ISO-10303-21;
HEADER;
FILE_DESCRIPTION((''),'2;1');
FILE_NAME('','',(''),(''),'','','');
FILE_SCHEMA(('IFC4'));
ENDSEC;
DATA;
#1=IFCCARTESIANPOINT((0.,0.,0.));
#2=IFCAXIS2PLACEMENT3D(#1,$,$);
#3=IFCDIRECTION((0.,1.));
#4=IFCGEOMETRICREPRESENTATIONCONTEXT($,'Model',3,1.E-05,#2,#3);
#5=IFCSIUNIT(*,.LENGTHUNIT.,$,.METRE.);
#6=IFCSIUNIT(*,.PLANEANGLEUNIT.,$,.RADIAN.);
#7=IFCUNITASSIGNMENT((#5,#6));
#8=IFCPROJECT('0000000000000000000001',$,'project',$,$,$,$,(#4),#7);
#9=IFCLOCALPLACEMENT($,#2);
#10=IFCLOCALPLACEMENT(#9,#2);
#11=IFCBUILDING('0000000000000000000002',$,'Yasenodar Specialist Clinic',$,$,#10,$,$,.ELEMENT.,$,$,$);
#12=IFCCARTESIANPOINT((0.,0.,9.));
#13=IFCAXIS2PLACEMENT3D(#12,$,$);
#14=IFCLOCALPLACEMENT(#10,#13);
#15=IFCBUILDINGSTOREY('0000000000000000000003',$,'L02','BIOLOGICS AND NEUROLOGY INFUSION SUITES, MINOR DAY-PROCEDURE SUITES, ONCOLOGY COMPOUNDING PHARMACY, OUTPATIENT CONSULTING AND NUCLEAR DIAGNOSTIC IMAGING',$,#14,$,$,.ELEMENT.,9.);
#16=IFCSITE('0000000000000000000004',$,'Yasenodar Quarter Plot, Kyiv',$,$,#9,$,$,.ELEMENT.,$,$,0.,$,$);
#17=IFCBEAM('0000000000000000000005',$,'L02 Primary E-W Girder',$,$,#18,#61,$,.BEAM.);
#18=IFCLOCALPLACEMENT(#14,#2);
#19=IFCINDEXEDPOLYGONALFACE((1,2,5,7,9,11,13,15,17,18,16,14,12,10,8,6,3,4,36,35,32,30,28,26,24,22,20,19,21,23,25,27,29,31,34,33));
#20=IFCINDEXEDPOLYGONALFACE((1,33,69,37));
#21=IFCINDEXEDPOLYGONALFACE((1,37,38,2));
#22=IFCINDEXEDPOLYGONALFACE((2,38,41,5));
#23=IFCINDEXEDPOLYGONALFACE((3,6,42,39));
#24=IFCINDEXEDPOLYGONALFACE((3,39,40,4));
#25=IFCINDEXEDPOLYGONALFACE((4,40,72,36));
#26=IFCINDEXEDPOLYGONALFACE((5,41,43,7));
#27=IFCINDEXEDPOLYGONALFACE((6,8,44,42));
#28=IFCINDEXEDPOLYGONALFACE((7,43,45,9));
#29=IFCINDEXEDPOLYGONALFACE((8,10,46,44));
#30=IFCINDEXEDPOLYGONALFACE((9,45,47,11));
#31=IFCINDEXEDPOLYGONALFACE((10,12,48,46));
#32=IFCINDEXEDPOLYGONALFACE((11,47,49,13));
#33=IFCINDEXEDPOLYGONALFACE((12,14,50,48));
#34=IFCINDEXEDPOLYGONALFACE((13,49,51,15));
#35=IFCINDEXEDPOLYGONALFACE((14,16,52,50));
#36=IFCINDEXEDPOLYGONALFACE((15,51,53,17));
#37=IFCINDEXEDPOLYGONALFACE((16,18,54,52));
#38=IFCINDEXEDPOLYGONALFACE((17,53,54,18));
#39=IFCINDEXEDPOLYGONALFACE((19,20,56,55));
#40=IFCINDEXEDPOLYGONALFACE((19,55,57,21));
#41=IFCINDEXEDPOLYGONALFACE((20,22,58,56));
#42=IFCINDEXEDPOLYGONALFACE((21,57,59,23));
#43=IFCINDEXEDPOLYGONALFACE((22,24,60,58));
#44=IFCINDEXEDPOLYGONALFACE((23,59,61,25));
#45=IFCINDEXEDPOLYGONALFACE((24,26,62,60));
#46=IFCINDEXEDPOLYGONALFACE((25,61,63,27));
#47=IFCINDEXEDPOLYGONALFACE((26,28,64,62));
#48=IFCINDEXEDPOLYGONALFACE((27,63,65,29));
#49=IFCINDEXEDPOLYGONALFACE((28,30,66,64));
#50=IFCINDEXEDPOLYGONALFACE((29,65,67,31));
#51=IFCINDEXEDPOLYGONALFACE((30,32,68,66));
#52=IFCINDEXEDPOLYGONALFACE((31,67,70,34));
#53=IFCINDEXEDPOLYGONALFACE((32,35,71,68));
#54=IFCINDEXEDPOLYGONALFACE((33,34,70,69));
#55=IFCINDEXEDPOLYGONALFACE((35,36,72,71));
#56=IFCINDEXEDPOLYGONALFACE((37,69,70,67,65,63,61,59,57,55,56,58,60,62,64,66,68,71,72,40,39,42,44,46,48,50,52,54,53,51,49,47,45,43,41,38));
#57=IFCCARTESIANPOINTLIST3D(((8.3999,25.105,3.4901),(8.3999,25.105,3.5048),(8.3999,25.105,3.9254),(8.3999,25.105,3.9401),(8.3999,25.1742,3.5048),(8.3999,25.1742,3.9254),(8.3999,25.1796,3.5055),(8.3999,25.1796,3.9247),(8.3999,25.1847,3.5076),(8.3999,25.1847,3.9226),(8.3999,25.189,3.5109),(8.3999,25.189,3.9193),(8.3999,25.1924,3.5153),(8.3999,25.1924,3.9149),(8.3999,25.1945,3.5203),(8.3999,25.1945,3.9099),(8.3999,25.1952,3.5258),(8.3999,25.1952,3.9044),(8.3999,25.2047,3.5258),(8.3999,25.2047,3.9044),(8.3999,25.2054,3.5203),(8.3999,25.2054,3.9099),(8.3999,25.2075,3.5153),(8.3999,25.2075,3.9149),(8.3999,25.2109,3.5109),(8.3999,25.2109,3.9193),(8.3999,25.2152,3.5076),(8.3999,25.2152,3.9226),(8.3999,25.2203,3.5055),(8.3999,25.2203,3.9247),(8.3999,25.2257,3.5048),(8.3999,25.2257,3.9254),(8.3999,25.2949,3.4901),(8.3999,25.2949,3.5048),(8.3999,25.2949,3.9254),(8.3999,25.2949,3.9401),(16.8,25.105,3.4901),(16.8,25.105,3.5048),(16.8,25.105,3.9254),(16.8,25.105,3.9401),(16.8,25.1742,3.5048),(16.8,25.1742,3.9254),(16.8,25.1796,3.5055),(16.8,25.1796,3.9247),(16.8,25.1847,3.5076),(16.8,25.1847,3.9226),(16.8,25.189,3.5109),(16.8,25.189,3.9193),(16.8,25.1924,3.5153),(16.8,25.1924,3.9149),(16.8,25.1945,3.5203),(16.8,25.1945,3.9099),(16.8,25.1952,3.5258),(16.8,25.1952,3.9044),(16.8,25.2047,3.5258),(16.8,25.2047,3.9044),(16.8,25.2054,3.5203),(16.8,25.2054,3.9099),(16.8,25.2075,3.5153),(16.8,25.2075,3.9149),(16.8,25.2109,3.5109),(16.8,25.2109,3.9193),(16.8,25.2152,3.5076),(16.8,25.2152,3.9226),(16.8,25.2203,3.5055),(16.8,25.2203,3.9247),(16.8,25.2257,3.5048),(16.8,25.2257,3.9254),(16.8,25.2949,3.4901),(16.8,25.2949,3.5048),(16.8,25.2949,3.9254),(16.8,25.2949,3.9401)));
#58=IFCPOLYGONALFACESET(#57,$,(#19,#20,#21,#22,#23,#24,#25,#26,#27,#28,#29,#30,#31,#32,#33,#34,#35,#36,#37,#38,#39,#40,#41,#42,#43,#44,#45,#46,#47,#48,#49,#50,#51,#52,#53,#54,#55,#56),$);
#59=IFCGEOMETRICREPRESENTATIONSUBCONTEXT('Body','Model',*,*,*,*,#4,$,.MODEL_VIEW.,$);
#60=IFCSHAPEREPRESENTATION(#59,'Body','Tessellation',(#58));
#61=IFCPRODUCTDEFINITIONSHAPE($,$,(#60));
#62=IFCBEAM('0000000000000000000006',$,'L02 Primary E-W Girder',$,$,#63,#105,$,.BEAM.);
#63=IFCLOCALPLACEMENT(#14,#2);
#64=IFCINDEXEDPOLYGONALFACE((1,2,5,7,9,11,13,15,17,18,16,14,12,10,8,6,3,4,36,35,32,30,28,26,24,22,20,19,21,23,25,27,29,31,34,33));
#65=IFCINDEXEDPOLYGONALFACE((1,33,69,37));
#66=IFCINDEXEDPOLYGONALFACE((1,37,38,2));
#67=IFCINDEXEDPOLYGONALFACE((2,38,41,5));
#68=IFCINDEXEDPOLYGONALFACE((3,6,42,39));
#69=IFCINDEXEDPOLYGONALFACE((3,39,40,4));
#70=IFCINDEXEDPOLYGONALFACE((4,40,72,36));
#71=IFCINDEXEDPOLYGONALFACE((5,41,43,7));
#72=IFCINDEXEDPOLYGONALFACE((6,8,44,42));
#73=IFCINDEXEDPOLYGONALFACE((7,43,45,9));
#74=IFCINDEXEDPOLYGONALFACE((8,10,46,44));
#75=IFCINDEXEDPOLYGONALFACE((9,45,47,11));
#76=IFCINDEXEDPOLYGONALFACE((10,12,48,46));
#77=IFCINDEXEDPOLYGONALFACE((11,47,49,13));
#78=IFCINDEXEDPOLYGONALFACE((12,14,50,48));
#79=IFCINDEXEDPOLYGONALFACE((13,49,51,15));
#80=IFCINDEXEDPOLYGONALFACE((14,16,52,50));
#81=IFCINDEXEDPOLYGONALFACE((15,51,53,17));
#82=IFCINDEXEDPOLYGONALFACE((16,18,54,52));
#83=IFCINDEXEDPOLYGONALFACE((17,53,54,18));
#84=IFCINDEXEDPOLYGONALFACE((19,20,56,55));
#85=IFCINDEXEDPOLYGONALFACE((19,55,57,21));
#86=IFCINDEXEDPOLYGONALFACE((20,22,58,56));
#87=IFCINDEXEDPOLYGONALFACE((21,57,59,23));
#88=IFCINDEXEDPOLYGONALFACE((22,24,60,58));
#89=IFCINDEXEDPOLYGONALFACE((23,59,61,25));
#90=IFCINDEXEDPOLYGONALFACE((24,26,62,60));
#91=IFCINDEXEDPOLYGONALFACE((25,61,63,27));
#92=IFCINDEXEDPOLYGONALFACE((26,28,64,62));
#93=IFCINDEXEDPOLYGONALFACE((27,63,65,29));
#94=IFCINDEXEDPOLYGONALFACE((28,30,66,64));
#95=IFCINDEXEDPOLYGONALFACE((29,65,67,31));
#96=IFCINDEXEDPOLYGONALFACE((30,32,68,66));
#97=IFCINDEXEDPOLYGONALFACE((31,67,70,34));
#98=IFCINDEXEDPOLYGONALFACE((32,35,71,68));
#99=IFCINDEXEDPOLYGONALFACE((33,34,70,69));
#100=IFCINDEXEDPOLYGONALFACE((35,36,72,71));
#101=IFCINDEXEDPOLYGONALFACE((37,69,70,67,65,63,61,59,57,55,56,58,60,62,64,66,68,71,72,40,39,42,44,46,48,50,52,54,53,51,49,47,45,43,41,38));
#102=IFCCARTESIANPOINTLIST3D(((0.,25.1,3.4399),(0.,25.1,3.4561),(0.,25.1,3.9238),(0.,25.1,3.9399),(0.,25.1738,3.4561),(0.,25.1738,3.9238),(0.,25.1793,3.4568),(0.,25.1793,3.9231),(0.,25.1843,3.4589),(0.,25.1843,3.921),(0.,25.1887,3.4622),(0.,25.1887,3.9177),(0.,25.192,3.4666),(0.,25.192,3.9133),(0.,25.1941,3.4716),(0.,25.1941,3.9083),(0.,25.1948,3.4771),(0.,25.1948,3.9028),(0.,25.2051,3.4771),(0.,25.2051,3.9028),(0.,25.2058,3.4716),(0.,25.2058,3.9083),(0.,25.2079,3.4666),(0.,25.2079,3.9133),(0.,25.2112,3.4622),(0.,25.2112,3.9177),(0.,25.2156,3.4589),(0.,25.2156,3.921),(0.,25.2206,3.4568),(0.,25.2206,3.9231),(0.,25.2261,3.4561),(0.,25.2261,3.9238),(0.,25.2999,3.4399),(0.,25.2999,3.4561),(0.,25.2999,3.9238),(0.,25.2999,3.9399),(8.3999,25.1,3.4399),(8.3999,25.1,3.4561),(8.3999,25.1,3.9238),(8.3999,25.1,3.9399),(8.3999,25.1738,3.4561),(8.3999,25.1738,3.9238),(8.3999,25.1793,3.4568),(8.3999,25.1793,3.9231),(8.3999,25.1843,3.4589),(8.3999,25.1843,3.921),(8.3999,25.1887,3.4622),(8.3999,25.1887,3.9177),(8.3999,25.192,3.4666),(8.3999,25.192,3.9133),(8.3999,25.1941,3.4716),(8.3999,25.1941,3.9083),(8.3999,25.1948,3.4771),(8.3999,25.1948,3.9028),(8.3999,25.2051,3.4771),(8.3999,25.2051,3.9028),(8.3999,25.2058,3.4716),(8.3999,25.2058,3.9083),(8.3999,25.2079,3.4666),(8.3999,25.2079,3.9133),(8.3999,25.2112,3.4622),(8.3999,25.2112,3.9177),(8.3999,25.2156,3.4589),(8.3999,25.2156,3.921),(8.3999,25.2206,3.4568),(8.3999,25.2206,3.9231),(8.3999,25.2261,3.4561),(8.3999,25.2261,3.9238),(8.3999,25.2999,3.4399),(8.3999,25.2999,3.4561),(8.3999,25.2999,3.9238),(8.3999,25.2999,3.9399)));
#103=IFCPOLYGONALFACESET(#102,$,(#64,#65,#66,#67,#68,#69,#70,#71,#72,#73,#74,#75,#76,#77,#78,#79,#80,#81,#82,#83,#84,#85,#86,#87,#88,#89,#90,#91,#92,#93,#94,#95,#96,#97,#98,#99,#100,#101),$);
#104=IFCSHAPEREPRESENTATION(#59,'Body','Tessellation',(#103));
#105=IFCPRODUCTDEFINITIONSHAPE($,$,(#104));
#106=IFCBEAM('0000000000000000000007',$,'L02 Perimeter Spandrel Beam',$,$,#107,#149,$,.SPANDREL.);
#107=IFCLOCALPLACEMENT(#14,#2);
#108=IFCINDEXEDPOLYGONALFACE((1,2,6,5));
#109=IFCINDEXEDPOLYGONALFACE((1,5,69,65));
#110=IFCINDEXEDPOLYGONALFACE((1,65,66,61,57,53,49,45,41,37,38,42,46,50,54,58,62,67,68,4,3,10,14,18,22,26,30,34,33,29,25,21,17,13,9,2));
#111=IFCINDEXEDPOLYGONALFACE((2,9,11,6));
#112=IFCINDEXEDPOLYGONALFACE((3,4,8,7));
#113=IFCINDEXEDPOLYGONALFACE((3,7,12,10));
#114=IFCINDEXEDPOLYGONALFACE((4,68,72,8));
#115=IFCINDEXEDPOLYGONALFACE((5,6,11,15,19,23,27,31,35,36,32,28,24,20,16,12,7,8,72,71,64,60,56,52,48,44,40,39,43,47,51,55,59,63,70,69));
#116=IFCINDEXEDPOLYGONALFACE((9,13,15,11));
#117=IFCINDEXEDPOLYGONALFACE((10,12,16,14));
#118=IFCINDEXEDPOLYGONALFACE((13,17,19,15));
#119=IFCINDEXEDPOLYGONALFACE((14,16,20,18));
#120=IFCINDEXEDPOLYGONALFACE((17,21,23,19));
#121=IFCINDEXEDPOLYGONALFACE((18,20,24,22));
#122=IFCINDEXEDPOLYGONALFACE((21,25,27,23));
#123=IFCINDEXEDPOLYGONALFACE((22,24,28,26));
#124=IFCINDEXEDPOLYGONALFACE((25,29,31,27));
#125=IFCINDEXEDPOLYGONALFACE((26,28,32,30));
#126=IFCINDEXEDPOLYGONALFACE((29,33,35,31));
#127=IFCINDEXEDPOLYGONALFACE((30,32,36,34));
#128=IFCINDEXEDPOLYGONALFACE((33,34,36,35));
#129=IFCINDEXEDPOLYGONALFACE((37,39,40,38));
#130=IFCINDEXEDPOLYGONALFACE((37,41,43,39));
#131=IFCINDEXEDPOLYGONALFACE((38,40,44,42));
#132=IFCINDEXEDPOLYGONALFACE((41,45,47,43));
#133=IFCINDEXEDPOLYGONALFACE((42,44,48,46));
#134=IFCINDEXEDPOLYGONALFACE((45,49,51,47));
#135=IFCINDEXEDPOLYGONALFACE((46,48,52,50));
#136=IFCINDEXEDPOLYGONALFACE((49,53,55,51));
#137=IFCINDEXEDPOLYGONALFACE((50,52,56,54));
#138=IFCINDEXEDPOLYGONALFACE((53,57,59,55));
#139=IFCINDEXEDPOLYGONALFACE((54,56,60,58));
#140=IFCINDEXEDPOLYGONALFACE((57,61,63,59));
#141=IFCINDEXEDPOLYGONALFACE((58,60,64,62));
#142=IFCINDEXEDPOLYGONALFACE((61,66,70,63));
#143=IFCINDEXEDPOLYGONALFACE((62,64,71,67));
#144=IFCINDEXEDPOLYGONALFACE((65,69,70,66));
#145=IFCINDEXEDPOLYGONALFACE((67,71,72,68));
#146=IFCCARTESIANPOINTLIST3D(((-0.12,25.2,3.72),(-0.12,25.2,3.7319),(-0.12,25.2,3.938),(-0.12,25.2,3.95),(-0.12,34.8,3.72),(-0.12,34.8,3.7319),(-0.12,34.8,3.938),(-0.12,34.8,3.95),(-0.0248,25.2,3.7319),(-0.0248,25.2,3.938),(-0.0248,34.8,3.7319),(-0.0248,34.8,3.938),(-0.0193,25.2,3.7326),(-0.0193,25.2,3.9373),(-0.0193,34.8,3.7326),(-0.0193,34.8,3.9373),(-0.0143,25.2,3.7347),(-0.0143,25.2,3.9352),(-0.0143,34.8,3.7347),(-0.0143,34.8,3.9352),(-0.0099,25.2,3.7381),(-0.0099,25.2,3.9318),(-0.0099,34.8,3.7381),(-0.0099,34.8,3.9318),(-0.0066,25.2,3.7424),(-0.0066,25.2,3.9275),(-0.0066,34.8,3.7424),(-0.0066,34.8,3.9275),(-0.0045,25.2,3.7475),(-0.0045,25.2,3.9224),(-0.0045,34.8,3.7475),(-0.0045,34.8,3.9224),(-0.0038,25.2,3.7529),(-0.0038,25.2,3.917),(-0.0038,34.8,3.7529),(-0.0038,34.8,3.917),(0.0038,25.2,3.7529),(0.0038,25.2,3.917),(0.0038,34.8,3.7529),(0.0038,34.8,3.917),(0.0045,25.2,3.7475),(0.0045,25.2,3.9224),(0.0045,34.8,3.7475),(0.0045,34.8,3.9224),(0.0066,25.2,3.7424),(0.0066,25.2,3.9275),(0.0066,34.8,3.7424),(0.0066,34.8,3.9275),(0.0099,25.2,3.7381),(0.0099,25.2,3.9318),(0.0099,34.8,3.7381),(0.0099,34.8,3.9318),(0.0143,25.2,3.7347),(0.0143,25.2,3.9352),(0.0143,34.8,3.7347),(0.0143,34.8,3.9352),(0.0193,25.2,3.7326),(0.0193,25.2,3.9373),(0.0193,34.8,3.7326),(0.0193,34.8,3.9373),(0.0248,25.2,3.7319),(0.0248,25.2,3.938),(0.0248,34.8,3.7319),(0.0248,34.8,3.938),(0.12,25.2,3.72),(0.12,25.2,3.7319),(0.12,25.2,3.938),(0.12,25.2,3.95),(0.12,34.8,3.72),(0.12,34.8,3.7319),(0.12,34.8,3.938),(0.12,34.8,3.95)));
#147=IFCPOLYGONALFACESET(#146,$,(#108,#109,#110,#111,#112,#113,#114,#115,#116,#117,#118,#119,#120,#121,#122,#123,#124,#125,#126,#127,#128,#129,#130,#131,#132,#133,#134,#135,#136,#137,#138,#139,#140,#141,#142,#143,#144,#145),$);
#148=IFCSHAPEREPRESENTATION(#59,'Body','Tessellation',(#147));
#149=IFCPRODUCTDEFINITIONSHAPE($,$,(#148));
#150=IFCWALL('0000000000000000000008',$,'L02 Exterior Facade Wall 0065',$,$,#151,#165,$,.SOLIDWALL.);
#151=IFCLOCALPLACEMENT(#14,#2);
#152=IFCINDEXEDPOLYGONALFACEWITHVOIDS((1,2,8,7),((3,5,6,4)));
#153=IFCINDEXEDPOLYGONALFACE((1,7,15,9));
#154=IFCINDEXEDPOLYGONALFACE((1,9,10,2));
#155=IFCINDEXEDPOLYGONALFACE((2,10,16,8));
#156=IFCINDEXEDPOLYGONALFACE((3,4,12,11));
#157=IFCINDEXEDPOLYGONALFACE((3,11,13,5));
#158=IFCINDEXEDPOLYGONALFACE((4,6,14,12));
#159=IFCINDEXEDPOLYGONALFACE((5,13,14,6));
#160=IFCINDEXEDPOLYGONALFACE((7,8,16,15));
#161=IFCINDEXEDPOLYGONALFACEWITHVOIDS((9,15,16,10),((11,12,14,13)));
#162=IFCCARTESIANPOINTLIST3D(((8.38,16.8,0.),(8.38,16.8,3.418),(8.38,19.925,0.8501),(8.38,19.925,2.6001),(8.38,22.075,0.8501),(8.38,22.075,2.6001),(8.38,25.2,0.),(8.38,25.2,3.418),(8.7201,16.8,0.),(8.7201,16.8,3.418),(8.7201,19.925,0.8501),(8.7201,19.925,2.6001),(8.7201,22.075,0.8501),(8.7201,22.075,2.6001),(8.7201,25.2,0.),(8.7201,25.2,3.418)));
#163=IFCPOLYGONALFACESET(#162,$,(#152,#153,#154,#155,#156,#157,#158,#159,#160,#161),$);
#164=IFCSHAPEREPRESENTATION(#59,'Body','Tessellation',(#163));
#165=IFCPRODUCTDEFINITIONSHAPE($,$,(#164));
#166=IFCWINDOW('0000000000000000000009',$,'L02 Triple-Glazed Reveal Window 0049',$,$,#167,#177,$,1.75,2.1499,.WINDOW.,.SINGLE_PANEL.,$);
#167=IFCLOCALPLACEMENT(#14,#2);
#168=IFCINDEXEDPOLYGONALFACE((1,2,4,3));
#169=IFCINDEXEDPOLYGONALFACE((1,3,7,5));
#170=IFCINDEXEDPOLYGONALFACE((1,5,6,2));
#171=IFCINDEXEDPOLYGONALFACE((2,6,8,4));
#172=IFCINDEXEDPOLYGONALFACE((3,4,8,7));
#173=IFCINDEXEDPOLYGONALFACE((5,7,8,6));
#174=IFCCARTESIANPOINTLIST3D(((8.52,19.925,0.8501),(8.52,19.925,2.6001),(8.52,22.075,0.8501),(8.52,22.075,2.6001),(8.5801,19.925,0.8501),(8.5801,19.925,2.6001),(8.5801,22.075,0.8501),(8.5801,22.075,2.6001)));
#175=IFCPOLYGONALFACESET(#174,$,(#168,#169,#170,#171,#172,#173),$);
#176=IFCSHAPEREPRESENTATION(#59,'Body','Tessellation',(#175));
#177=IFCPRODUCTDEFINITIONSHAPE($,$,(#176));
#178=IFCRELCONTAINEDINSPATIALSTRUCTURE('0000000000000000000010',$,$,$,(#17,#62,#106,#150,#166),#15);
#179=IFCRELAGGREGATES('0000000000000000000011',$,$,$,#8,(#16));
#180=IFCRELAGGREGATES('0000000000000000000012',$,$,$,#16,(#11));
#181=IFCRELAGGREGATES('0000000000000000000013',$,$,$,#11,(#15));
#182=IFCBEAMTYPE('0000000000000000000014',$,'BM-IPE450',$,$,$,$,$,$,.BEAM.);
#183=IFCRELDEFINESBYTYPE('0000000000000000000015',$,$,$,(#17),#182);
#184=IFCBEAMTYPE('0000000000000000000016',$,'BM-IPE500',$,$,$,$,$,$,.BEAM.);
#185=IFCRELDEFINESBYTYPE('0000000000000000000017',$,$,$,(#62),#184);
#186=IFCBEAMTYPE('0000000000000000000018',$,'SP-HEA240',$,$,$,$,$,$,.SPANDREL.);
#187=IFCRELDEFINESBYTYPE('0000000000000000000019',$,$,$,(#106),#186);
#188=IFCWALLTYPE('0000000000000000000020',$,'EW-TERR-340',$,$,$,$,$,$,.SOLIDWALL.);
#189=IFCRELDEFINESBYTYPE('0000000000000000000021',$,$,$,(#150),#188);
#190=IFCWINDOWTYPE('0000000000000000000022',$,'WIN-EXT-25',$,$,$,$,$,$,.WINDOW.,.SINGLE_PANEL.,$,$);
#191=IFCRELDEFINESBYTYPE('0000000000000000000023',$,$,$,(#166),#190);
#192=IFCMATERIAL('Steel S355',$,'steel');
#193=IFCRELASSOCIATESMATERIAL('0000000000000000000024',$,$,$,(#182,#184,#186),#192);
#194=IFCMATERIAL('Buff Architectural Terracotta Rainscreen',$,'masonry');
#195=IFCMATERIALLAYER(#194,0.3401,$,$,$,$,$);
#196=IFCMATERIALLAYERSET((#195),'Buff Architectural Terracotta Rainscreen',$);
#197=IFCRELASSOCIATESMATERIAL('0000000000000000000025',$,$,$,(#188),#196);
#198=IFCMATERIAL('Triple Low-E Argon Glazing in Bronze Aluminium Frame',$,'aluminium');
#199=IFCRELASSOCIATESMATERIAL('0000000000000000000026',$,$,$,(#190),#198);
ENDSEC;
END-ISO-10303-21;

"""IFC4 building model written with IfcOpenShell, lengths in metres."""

from ifc_helpers import new_model, si_unit, direction, frame, frame_2d, origin, origin_2d, place, context, subcontext, project, spatial, rectangle, i_section, extrude, material, layer, layer_set, material_profile, profile_set, type_object, element, fill, save


model = new_model("IFC4")

# Units and contexts
model_context = context("Model", 3, precision=1e-05, world=origin(), true_north=direction((0.0, 1.0)))
body_context = subcontext(model_context, "Body", "Model", "MODEL_VIEW")
ifc_project = project(units=[si_unit("LENGTHUNIT", "METRE"), si_unit("PLANEANGLEUNIT", "RADIAN")], contexts=[model_context])

# Site, building, storey
site_placement = place(None, origin())
site = spatial("IfcSite", under=ifc_project, at=site_placement, Name="Yasenodar Quarter Plot, Kyiv", CompositionType="ELEMENT", RefElevation=0.0)
building_placement = place(site_placement, origin())
building = spatial("IfcBuilding", under=site, at=building_placement, Name="Yasenodar Specialist Clinic", CompositionType="ELEMENT")
storey_placement = place(building_placement, frame((0.0, 0.0, 9.0)))
storey = spatial("IfcBuildingStorey", under=building, at=storey_placement, Name="L02", Description="BIOLOGICS AND NEUROLOGY INFUSION SUITES, MINOR DAY-PROCEDURE SUITES, ONCOLOGY COMPOUNDING PHARMACY, OUTPATIENT CONSULTING AND NUCLEAR DIAGNOSTIC IMAGING", CompositionType="ELEMENT", Elevation=9.0)

# Shared definitions
ifc_material_1 = material(Name="Steel S355", Category="steel")

# Beams
ifc_material_profile_1 = material_profile(ifc_material_1, i_section(OverallWidth=0.1899, OverallDepth=0.45, WebThickness=0.0095, FlangeThickness=0.0146, FilletRadius=0.021, at=origin_2d()), Name="IPE 450")
ifc_profile_set_1 = profile_set([ifc_material_profile_1], Name="Steel S355")
beam_type_1 = type_object("IfcBeamType", Name="BM-IPE450", PredefinedType="BEAM", material=ifc_profile_set_1)
beam_1_placement = place(storey_placement, frame((8.3999, 25.2, 3.7151), z_axis=(1.0, 0.0, 0.0), x_axis=(0.0, 1.0, 0.0)))
element("IfcBeam", 1, at=beam_1_placement, inside=storey, type_object=beam_type_1, Name="L02 Primary E-W Girder", PredefinedType="BEAM", context=body_context, shape_type="SweptSolid", body=[
    extrude(i_section(OverallWidth=0.1899, OverallDepth=0.45, WebThickness=0.0095, FlangeThickness=0.0146, FilletRadius=0.021, at=origin_2d()), origin(), (0.0, 0.0, 1.0), 8.4001),
])
ifc_material_profile_2 = material_profile(ifc_material_1, i_section(OverallWidth=0.2, OverallDepth=0.5, WebThickness=0.0103, FlangeThickness=0.0161, FilletRadius=0.021, at=origin_2d()), Name="IPE 500")
ifc_profile_set_2 = profile_set([ifc_material_profile_2], Name="Steel S355")
beam_type_2 = type_object("IfcBeamType", Name="BM-IPE500", PredefinedType="BEAM", material=ifc_profile_set_2)
beam_2_placement = place(storey_placement, frame((0.0, 25.2, 3.6899), z_axis=(1.0, 0.0, 0.0), x_axis=(0.0, 1.0, 0.0)))
element("IfcBeam", 2, at=beam_2_placement, inside=storey, type_object=beam_type_2, Name="L02 Primary E-W Girder", PredefinedType="BEAM", context=body_context, shape_type="SweptSolid", body=[
    extrude(i_section(OverallWidth=0.2, OverallDepth=0.5, WebThickness=0.0103, FlangeThickness=0.0161, FilletRadius=0.021, at=origin_2d()), origin(), (0.0, 0.0, 1.0), 8.3999),
])
ifc_material_profile_3 = material_profile(ifc_material_1, i_section(OverallWidth=0.24, OverallDepth=0.23, WebThickness=0.0076, FlangeThickness=0.012, FilletRadius=0.021, at=origin_2d()), Name="HEA 240")
ifc_profile_set_3 = profile_set([ifc_material_profile_3], Name="Steel S355")
beam_type_3 = type_object("IfcBeamType", Name="SP-HEA240", PredefinedType="SPANDREL", material=ifc_profile_set_3)
beam_3_placement = place(storey_placement, frame((0.0, 25.2, 3.835), z_axis=(0.0, 1.0, 0.0), x_axis=(-1.0, 0.0, 0.0)))
element("IfcBeam", 3, at=beam_3_placement, inside=storey, type_object=beam_type_3, Name="L02 Perimeter Spandrel Beam", PredefinedType="SPANDREL", context=body_context, shape_type="SweptSolid", body=[
    extrude(i_section(OverallWidth=0.24, OverallDepth=0.23, WebThickness=0.0076, FlangeThickness=0.012, FilletRadius=0.021, at=origin_2d()), origin(), (0.0, 0.0, 1.0), 9.6001),
])

# Wall, opening, window
ifc_material_2 = material(Name="Buff Architectural Terracotta Rainscreen", Category="masonry")
ifc_layer_1 = layer(ifc_material_2, 0.3401)
ifc_layer_set_1 = layer_set([ifc_layer_1], Name="Buff Architectural Terracotta Rainscreen")
wall_type_1 = type_object("IfcWallType", Name="EW-TERR-340", PredefinedType="SOLIDWALL", material=ifc_layer_set_1)
wall_1_placement = place(storey_placement, frame((8.55, 16.8, 0.0), z_axis=(0.0, 0.0, 1.0), x_axis=(0.0, 1.0, 0.0)))
wall_1 = element("IfcWall", 4, at=wall_1_placement, inside=storey, type_object=wall_type_1, Name="L02 Exterior Facade Wall 0065", PredefinedType="SOLIDWALL", context=body_context, shape_type="SweptSolid", body=[
    extrude(rectangle(XDim=8.3999, YDim=0.3401, at=frame_2d((4.2, 0.0))), origin(), (0.0, 0.0, 1.0), 3.418),
])
opening_1_placement = place(wall_1_placement, frame((3.125, 0.0, 0.8501)))
opening_1 = element("IfcOpeningElement", 5, at=opening_1_placement, cuts=wall_1, PredefinedType="OPENING", context=body_context, shape_type="SweptSolid", body=[
    extrude(rectangle(XDim=2.1499, YDim=1.75, at=frame_2d((1.075, 0.875))), frame((0.0, 0.1802, 0.0), z_axis=(0.0, -1.0, 0.0), x_axis=(1.0, 0.0, 0.0)), (0.0, 0.0, 1.0), 0.3601),
])
ifc_material_3 = material(Name="Triple Low-E Argon Glazing in Bronze Aluminium Frame", Category="aluminium")
window_type_1 = type_object("IfcWindowType", Name="WIN-EXT-25", PartitioningType="SINGLE_PANEL", PredefinedType="WINDOW", material=ifc_material_3)
window_1_placement = place(opening_1_placement, origin())
window_1 = element("IfcWindow", 6, at=window_1_placement, inside=storey, type_object=window_type_1, Name="L02 Triple-Glazed Reveal Window 0049", OverallHeight=1.75, OverallWidth=2.1499, PartitioningType="SINGLE_PANEL", PredefinedType="WINDOW", context=body_context, shape_type="SweptSolid", body=[
    extrude(rectangle(XDim=2.1499, YDim=1.75, at=frame_2d((1.075, 0.875))), frame((0.0, 0.03, 0.0), z_axis=(0.0, -1.0, 0.0), x_axis=(1.0, 0.0, 0.0)), (0.0, 0.0, 1.0), 0.0601),
])
fill(opening_1, window_1)

save(model, "model.ifc")
